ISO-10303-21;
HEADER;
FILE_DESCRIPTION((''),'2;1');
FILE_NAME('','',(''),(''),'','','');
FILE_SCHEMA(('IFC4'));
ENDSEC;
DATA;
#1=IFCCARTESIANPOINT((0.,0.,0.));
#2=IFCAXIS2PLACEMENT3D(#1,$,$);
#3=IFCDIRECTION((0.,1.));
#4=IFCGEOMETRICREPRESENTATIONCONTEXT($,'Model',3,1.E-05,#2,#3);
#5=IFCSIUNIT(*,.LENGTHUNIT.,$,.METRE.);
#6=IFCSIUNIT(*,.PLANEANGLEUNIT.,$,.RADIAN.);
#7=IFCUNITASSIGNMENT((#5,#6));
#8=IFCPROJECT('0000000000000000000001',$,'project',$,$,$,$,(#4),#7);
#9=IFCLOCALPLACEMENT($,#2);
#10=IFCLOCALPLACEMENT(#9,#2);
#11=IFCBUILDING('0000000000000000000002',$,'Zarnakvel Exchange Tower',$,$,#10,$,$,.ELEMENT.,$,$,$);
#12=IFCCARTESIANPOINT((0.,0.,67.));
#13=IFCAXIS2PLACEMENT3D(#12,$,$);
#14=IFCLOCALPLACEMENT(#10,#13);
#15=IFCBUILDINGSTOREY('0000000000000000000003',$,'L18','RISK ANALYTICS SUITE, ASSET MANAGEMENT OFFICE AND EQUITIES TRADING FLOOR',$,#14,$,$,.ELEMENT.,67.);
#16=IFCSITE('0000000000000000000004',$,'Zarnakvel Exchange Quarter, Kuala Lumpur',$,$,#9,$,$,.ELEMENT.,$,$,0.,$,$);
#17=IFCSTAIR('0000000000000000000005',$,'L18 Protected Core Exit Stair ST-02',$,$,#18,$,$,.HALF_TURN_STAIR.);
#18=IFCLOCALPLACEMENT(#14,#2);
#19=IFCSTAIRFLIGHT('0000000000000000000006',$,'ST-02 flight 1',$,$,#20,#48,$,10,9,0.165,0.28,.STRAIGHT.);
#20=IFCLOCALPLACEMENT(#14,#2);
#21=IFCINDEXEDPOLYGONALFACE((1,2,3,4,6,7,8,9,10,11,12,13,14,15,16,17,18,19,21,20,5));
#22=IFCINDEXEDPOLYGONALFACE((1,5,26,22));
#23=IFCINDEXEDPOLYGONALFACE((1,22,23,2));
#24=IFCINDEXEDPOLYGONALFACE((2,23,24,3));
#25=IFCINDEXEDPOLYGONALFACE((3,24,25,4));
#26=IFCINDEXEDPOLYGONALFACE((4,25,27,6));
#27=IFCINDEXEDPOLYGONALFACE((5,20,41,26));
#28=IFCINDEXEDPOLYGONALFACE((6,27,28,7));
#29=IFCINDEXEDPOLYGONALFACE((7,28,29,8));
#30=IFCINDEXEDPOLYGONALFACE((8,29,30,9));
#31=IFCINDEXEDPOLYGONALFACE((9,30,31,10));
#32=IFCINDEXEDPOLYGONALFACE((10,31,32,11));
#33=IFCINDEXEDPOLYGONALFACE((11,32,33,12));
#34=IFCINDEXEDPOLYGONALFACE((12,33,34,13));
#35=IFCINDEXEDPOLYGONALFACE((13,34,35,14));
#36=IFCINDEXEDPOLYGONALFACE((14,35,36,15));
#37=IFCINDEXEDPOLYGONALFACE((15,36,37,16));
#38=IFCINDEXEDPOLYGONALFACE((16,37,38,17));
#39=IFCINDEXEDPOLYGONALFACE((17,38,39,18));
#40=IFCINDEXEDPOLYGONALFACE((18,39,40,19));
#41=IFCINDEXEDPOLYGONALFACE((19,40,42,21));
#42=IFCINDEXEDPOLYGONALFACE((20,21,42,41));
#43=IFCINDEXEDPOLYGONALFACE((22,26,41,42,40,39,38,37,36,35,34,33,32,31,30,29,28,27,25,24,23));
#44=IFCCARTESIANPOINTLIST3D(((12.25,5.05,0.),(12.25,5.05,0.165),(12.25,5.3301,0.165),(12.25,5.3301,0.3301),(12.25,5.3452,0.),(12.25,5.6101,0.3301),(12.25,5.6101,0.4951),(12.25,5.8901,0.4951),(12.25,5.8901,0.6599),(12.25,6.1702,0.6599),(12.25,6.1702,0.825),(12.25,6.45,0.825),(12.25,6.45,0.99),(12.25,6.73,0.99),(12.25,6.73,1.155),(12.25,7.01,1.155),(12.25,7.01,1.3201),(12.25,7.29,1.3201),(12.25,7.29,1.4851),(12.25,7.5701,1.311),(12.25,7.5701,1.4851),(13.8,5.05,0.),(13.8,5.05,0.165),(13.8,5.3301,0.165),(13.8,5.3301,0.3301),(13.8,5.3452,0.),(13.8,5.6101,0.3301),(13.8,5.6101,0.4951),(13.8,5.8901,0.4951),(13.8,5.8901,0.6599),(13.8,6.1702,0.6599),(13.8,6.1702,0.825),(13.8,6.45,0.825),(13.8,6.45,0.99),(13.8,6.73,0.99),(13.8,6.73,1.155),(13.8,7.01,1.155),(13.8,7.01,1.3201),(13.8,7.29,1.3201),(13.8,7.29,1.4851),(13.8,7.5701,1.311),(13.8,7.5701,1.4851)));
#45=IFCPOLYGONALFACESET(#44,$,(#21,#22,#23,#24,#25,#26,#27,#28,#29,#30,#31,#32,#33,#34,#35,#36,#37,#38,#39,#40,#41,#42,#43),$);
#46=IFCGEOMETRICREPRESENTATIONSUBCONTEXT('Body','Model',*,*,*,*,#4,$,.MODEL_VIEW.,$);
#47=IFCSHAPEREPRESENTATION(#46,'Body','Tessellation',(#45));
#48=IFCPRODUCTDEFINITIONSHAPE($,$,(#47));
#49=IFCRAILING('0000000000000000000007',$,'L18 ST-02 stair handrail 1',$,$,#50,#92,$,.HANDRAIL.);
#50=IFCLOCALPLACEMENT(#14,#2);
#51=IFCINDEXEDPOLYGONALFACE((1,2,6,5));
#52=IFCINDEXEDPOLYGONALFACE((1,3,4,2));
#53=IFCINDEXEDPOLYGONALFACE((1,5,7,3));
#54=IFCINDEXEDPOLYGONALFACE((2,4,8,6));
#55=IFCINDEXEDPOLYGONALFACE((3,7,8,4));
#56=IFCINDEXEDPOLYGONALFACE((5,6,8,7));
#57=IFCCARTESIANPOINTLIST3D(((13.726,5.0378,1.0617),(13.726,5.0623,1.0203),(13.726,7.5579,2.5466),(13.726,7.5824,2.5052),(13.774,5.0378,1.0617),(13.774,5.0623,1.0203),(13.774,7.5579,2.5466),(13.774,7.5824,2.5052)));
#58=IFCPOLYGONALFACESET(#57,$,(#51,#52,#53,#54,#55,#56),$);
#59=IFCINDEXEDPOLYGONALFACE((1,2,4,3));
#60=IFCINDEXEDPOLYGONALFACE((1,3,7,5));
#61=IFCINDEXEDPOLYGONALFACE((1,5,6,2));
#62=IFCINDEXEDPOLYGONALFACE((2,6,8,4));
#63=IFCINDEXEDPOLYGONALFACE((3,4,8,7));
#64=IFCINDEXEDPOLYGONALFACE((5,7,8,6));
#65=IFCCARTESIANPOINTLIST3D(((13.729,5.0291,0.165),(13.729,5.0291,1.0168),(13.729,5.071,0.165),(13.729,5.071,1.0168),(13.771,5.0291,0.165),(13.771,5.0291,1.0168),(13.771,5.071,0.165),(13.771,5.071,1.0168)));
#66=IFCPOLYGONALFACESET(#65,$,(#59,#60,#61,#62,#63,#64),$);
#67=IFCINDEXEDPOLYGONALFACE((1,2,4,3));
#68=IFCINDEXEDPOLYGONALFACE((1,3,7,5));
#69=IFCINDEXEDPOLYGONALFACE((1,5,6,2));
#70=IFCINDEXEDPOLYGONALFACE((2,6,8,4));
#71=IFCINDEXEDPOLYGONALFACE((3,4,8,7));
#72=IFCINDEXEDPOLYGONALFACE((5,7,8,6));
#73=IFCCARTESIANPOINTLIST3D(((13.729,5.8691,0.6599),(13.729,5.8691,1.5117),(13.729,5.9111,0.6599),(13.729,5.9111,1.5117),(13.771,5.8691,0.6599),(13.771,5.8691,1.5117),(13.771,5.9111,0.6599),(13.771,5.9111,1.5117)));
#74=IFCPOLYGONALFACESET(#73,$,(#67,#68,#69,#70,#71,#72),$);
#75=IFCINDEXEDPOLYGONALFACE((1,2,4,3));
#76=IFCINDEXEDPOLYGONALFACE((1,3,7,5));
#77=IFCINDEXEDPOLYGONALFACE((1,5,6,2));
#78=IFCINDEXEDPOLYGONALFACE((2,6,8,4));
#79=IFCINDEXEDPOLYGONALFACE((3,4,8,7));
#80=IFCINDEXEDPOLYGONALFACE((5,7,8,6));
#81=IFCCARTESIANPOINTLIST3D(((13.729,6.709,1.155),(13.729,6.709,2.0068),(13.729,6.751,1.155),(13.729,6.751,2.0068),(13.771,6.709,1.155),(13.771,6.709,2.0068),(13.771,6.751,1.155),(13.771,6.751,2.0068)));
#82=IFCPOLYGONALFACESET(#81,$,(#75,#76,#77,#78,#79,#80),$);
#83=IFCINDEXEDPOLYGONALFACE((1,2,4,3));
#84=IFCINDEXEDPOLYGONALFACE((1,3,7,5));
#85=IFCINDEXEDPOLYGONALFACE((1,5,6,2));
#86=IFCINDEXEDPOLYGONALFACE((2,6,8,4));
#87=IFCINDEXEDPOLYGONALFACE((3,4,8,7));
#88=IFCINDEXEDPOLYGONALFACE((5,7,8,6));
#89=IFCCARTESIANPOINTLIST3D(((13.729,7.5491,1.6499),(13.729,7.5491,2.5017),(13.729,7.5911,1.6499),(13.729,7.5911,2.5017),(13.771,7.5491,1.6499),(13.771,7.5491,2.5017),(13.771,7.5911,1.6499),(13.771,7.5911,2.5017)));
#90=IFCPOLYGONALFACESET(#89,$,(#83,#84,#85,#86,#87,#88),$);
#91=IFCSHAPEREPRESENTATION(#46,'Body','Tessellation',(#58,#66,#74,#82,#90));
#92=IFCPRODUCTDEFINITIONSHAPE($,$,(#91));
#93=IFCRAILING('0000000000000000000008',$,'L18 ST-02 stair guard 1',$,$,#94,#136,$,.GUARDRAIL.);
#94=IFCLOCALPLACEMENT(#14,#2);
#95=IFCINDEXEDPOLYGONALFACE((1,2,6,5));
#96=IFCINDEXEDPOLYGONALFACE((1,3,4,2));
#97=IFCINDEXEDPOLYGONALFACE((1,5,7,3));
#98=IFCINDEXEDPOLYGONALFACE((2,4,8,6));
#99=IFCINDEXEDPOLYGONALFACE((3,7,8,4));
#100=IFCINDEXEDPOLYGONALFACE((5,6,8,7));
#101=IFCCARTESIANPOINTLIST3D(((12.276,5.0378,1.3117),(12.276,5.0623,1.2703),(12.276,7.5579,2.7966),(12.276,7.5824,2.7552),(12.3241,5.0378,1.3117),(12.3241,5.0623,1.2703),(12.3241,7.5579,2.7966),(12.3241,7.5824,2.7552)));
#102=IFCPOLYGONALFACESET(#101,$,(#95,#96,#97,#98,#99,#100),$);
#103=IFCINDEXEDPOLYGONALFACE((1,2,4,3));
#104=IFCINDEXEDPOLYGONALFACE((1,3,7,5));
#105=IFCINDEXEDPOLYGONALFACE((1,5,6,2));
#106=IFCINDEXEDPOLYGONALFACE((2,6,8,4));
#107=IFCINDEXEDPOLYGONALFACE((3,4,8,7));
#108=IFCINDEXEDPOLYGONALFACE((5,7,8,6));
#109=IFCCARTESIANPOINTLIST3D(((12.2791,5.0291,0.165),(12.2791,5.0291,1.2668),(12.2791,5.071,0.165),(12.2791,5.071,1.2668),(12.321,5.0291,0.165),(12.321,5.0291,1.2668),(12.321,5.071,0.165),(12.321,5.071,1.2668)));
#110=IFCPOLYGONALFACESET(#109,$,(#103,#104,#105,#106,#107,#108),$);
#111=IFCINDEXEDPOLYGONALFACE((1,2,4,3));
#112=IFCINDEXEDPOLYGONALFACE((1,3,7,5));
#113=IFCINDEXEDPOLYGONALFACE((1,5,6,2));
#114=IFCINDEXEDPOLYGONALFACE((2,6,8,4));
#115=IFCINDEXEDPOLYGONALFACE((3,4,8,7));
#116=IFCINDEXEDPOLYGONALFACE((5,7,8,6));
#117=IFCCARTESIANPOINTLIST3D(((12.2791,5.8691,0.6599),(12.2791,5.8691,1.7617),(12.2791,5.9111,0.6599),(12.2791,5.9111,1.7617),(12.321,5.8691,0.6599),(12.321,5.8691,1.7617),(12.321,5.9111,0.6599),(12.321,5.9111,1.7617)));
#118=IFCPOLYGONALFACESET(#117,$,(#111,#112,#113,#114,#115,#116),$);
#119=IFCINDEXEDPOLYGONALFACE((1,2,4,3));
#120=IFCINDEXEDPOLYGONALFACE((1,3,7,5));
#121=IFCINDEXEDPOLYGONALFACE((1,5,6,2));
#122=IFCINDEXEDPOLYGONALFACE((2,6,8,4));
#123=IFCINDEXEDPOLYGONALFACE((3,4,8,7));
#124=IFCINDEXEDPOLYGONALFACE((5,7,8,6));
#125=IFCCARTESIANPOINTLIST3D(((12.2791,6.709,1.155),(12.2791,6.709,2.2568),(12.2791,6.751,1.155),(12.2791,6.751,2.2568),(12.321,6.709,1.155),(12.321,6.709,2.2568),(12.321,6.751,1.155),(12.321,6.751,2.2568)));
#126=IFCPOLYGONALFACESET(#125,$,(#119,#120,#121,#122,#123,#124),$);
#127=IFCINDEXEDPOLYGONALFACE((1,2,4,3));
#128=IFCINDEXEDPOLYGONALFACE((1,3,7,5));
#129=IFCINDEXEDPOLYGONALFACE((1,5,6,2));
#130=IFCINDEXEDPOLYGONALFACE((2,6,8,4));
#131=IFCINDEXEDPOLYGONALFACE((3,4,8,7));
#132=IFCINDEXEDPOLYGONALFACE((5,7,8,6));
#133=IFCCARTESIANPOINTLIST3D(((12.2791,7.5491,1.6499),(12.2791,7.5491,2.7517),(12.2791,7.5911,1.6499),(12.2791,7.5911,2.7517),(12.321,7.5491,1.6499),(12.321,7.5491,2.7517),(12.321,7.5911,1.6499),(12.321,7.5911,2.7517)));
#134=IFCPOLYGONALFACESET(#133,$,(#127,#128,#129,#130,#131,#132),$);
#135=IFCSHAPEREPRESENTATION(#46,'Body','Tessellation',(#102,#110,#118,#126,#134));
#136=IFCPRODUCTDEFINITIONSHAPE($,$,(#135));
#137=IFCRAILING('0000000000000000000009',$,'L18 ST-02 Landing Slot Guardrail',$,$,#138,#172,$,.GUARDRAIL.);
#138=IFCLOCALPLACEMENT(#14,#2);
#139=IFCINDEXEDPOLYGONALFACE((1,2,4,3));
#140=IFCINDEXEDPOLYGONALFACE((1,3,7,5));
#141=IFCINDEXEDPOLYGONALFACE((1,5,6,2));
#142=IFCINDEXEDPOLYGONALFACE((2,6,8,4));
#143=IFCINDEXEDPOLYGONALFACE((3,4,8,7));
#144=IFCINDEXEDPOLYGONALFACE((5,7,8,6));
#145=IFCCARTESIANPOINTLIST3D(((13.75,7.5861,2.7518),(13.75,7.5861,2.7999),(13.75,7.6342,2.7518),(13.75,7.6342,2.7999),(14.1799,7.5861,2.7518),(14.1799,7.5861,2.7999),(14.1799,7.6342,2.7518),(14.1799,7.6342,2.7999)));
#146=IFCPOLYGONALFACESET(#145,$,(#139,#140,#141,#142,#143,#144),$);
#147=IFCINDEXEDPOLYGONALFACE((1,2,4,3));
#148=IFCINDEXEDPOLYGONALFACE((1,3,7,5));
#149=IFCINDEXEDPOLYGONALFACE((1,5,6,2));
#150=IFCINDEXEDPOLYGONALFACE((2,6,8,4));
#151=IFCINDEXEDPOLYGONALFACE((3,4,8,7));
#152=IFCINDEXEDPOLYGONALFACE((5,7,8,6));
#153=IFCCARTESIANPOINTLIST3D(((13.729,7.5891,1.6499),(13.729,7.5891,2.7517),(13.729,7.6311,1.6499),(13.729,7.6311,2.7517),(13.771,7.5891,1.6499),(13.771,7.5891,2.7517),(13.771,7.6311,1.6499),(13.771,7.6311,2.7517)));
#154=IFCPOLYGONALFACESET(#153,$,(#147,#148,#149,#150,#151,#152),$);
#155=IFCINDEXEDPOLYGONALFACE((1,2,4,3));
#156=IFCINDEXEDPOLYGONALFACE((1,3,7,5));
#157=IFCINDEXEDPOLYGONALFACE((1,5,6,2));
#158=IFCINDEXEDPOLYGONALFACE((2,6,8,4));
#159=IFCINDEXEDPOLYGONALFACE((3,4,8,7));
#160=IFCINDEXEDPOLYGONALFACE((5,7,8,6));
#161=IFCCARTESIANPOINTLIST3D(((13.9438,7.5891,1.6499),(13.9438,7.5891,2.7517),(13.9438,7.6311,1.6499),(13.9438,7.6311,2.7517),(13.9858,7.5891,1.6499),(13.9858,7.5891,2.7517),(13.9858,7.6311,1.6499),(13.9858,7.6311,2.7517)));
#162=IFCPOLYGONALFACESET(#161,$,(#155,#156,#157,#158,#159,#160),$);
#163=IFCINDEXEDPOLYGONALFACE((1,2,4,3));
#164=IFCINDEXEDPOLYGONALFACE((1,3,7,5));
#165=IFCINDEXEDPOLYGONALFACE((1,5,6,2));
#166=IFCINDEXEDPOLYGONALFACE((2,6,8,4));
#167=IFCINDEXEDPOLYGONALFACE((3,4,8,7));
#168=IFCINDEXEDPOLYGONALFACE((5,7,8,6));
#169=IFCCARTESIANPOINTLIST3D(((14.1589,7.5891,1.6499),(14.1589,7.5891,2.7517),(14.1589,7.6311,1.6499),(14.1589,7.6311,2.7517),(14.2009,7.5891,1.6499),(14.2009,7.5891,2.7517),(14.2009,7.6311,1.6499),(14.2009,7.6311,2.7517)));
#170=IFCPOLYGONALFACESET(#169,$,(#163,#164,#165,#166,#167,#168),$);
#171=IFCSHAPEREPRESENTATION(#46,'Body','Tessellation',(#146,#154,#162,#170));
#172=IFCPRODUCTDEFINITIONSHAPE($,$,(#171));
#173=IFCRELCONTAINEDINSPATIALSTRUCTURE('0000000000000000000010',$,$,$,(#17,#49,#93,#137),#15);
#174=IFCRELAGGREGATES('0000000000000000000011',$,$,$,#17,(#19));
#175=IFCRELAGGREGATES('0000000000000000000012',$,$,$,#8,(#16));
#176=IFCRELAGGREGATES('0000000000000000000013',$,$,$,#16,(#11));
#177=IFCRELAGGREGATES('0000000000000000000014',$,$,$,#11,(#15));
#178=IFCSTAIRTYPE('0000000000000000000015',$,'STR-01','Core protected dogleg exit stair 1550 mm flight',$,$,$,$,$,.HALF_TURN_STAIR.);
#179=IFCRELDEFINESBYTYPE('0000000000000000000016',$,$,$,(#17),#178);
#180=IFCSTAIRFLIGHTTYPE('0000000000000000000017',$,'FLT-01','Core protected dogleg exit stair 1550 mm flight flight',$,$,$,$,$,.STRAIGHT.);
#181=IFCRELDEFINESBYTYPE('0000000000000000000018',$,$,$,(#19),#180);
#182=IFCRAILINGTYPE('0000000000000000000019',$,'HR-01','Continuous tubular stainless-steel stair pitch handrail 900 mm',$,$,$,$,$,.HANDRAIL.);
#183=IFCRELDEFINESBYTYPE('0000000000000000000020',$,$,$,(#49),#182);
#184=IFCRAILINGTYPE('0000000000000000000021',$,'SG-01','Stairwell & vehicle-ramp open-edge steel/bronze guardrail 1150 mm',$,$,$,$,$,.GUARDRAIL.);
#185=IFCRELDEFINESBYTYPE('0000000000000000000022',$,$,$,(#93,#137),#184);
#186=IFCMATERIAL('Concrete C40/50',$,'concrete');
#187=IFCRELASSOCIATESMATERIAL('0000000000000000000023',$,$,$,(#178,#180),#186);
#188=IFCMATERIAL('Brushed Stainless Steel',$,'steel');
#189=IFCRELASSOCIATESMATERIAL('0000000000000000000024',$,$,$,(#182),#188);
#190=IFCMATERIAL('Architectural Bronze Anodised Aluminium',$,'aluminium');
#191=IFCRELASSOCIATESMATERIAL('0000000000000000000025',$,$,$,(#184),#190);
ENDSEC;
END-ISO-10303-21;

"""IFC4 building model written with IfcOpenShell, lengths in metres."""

from ifc_helpers import new_model, si_unit, direction, frame, origin, origin_2d, place, context, subcontext, project, spatial, polyline, rectangle, outline, extrude, material, type_object, element, aggregate, save


model = new_model("IFC4")

# Units and contexts
model_context = context("Model", 3, precision=1e-05, world=origin(), true_north=direction((0.0, 1.0)))
body_context = subcontext(model_context, "Body", "Model", "MODEL_VIEW")
ifc_project = project(units=[si_unit("LENGTHUNIT", "METRE"), si_unit("PLANEANGLEUNIT", "RADIAN")], contexts=[model_context])

# Site, building, storey
site_placement = place(None, origin())
site = spatial("IfcSite", under=ifc_project, at=site_placement, Name="Zarnakvel Exchange Quarter, Kuala Lumpur", CompositionType="ELEMENT", RefElevation=0.0)
building_placement = place(site_placement, origin())
building = spatial("IfcBuilding", under=site, at=building_placement, Name="Zarnakvel Exchange Tower", CompositionType="ELEMENT")
storey_placement = place(building_placement, frame((0.0, 0.0, 67.0)))
storey = spatial("IfcBuildingStorey", under=building, at=storey_placement, Name="L18", Description="RISK ANALYTICS SUITE, ASSET MANAGEMENT OFFICE AND EQUITIES TRADING FLOOR", CompositionType="ELEMENT", Elevation=67.0)

# Shared definitions
ifc_material_1 = material(Name="Architectural Bronze Anodised Aluminium", Category="aluminium")

# Shared definitions
ifc_material_2 = material(Name="Concrete C40/50", Category="concrete")

# Stair, stair flight
stair_type = type_object("IfcStairType", Name="STR-01", Description="Core protected dogleg exit stair 1550 mm flight", PredefinedType="HALF_TURN_STAIR", material=ifc_material_2)
stair_placement = place(storey_placement, origin())
stair = element("IfcStair", 1, at=stair_placement, inside=storey, type_object=stair_type, Name="L18 Protected Core Exit Stair ST-02", PredefinedType="HALF_TURN_STAIR")
stair_flight_type = type_object("IfcStairFlightType", Name="FLT-01", Description="Core protected dogleg exit stair 1550 mm flight flight", PredefinedType="STRAIGHT", material=ifc_material_2)
stair_flight_placement = place(storey_placement, frame((13.0249, 5.05, 0.0), z_axis=(0.0, 0.0, 1.0), x_axis=(0.0, 1.0, 0.0)))
stair_flight = element("IfcStairFlight", 2, at=stair_flight_placement, type_object=stair_flight_type, Name="ST-02 flight 1", NumberOfRisers=10, NumberOfTreads=9, PredefinedType="STRAIGHT", RiserHeight=0.165, TreadLength=0.28, context=body_context, shape_type="SweptSolid", body=[
    extrude(outline(polyline([(0.0, 0.0), (0.0, 0.165), (0.28, 0.165), (0.28, 0.3301), (0.5601, 0.3301), (0.5601, 0.4951), (0.8401, 0.4951), (0.8401, 0.6599), (1.1201, 0.6599), (1.1201, 0.825), (1.3999, 0.825), (1.3999, 0.99), (1.6799, 0.99), (1.6799, 1.155), (1.96, 1.155), (1.96, 1.3201), (2.24, 1.3201), (2.24, 1.4851), (2.52, 1.4851), (2.52, 1.6499), (2.52, 1.311), (0.2952, 0.0), (0.0, 0.0)])), frame((0.0, 0.7749, 0.0), z_axis=(0.0, -1.0, 0.0), x_axis=(1.0, 0.0, 0.0)), (0.0, 0.0, 1.0), 1.55),
])
aggregate(stair, [stair_flight])

# Railings
ifc_material_3 = material(Name="Brushed Stainless Steel", Category="steel")
railing_type_1 = type_object("IfcRailingType", Name="HR-01", Description="Continuous tubular stainless-steel stair pitch handrail 900 mm", PredefinedType="HANDRAIL", material=ifc_material_3)
railing_1_placement = place(storey_placement, frame((13.75, 5.05, 0.165)))
element("IfcRailing", 3, at=railing_1_placement, inside=storey, type_object=railing_type_1, Name="L18 ST-02 stair handrail 1", PredefinedType="HANDRAIL", context=body_context, shape_type="SweptSolid", body=[
    extrude(rectangle(XDim=0.0481, YDim=0.0481, at=origin_2d()), frame((0.0, 0.0, 0.876), z_axis=(0.0, 0.861561, 0.507655), x_axis=(-1.0, 0.0, 0.0)), (0.0, 0.0, 1.0), 2.925),
    extrude(rectangle(XDim=0.042, YDim=0.042, at=origin_2d()), origin(), (0.0, 0.0, 1.0), 0.8518),
    extrude(rectangle(XDim=0.042, YDim=0.042, at=origin_2d()), frame((0.0, 0.8401, 0.4949)), (0.0, 0.0, 1.0), 0.8518),
    extrude(rectangle(XDim=0.042, YDim=0.042, at=origin_2d()), frame((0.0, 1.6799, 0.99)), (0.0, 0.0, 1.0), 0.8518),
    extrude(rectangle(XDim=0.042, YDim=0.042, at=origin_2d()), frame((0.0, 2.52, 1.4849)), (0.0, 0.0, 1.0), 0.8518),
])
railing_type_2 = type_object("IfcRailingType", Name="SG-01", Description="Stairwell & vehicle-ramp open-edge steel/bronze guardrail 1150 mm", PredefinedType="GUARDRAIL", material=ifc_material_1)
railing_2_placement = place(storey_placement, frame((12.3, 5.05, 0.165)))
element("IfcRailing", 4, at=railing_2_placement, inside=storey, type_object=railing_type_2, Name="L18 ST-02 stair guard 1", PredefinedType="GUARDRAIL", context=body_context, shape_type="SweptSolid", body=[
    extrude(rectangle(XDim=0.0481, YDim=0.0481, at=origin_2d()), frame((0.0, 0.0, 1.126), z_axis=(0.0, 0.861561, 0.507655), x_axis=(-1.0, 0.0, 0.0)), (0.0, 0.0, 1.0), 2.925),
    extrude(rectangle(XDim=0.042, YDim=0.042, at=origin_2d()), origin(), (0.0, 0.0, 1.0), 1.1018),
    extrude(rectangle(XDim=0.042, YDim=0.042, at=origin_2d()), frame((0.0, 0.8401, 0.4949)), (0.0, 0.0, 1.0), 1.1018),
    extrude(rectangle(XDim=0.042, YDim=0.042, at=origin_2d()), frame((0.0, 1.6799, 0.99)), (0.0, 0.0, 1.0), 1.1018),
    extrude(rectangle(XDim=0.042, YDim=0.042, at=origin_2d()), frame((0.0, 2.52, 1.4849)), (0.0, 0.0, 1.0), 1.1018),
])
railing_3_placement = place(storey_placement, frame((13.75, 7.6101, 1.6499)))
element("IfcRailing", 5, at=railing_3_placement, inside=storey, type_object=railing_type_2, Name="L18 ST-02 Landing Slot Guardrail", PredefinedType="GUARDRAIL", context=body_context, shape_type="SweptSolid", body=[
    extrude(rectangle(XDim=0.0481, YDim=0.0481, at=origin_2d()), frame((0.0, 0.0, 1.126), z_axis=(1.0, 0.0, 0.0), x_axis=(0.0, 1.0, 0.0)), (0.0, 0.0, 1.0), 0.4299),
    extrude(rectangle(XDim=0.042, YDim=0.042, at=origin_2d()), origin(), (0.0, 0.0, 1.0), 1.1018),
    extrude(rectangle(XDim=0.042, YDim=0.042, at=origin_2d()), frame((0.2148, 0.0, 0.0)), (0.0, 0.0, 1.0), 1.1018),
    extrude(rectangle(XDim=0.042, YDim=0.042, at=origin_2d()), frame((0.4299, 0.0, 0.0)), (0.0, 0.0, 1.0), 1.1018),
])

save(model, "model.ifc")
